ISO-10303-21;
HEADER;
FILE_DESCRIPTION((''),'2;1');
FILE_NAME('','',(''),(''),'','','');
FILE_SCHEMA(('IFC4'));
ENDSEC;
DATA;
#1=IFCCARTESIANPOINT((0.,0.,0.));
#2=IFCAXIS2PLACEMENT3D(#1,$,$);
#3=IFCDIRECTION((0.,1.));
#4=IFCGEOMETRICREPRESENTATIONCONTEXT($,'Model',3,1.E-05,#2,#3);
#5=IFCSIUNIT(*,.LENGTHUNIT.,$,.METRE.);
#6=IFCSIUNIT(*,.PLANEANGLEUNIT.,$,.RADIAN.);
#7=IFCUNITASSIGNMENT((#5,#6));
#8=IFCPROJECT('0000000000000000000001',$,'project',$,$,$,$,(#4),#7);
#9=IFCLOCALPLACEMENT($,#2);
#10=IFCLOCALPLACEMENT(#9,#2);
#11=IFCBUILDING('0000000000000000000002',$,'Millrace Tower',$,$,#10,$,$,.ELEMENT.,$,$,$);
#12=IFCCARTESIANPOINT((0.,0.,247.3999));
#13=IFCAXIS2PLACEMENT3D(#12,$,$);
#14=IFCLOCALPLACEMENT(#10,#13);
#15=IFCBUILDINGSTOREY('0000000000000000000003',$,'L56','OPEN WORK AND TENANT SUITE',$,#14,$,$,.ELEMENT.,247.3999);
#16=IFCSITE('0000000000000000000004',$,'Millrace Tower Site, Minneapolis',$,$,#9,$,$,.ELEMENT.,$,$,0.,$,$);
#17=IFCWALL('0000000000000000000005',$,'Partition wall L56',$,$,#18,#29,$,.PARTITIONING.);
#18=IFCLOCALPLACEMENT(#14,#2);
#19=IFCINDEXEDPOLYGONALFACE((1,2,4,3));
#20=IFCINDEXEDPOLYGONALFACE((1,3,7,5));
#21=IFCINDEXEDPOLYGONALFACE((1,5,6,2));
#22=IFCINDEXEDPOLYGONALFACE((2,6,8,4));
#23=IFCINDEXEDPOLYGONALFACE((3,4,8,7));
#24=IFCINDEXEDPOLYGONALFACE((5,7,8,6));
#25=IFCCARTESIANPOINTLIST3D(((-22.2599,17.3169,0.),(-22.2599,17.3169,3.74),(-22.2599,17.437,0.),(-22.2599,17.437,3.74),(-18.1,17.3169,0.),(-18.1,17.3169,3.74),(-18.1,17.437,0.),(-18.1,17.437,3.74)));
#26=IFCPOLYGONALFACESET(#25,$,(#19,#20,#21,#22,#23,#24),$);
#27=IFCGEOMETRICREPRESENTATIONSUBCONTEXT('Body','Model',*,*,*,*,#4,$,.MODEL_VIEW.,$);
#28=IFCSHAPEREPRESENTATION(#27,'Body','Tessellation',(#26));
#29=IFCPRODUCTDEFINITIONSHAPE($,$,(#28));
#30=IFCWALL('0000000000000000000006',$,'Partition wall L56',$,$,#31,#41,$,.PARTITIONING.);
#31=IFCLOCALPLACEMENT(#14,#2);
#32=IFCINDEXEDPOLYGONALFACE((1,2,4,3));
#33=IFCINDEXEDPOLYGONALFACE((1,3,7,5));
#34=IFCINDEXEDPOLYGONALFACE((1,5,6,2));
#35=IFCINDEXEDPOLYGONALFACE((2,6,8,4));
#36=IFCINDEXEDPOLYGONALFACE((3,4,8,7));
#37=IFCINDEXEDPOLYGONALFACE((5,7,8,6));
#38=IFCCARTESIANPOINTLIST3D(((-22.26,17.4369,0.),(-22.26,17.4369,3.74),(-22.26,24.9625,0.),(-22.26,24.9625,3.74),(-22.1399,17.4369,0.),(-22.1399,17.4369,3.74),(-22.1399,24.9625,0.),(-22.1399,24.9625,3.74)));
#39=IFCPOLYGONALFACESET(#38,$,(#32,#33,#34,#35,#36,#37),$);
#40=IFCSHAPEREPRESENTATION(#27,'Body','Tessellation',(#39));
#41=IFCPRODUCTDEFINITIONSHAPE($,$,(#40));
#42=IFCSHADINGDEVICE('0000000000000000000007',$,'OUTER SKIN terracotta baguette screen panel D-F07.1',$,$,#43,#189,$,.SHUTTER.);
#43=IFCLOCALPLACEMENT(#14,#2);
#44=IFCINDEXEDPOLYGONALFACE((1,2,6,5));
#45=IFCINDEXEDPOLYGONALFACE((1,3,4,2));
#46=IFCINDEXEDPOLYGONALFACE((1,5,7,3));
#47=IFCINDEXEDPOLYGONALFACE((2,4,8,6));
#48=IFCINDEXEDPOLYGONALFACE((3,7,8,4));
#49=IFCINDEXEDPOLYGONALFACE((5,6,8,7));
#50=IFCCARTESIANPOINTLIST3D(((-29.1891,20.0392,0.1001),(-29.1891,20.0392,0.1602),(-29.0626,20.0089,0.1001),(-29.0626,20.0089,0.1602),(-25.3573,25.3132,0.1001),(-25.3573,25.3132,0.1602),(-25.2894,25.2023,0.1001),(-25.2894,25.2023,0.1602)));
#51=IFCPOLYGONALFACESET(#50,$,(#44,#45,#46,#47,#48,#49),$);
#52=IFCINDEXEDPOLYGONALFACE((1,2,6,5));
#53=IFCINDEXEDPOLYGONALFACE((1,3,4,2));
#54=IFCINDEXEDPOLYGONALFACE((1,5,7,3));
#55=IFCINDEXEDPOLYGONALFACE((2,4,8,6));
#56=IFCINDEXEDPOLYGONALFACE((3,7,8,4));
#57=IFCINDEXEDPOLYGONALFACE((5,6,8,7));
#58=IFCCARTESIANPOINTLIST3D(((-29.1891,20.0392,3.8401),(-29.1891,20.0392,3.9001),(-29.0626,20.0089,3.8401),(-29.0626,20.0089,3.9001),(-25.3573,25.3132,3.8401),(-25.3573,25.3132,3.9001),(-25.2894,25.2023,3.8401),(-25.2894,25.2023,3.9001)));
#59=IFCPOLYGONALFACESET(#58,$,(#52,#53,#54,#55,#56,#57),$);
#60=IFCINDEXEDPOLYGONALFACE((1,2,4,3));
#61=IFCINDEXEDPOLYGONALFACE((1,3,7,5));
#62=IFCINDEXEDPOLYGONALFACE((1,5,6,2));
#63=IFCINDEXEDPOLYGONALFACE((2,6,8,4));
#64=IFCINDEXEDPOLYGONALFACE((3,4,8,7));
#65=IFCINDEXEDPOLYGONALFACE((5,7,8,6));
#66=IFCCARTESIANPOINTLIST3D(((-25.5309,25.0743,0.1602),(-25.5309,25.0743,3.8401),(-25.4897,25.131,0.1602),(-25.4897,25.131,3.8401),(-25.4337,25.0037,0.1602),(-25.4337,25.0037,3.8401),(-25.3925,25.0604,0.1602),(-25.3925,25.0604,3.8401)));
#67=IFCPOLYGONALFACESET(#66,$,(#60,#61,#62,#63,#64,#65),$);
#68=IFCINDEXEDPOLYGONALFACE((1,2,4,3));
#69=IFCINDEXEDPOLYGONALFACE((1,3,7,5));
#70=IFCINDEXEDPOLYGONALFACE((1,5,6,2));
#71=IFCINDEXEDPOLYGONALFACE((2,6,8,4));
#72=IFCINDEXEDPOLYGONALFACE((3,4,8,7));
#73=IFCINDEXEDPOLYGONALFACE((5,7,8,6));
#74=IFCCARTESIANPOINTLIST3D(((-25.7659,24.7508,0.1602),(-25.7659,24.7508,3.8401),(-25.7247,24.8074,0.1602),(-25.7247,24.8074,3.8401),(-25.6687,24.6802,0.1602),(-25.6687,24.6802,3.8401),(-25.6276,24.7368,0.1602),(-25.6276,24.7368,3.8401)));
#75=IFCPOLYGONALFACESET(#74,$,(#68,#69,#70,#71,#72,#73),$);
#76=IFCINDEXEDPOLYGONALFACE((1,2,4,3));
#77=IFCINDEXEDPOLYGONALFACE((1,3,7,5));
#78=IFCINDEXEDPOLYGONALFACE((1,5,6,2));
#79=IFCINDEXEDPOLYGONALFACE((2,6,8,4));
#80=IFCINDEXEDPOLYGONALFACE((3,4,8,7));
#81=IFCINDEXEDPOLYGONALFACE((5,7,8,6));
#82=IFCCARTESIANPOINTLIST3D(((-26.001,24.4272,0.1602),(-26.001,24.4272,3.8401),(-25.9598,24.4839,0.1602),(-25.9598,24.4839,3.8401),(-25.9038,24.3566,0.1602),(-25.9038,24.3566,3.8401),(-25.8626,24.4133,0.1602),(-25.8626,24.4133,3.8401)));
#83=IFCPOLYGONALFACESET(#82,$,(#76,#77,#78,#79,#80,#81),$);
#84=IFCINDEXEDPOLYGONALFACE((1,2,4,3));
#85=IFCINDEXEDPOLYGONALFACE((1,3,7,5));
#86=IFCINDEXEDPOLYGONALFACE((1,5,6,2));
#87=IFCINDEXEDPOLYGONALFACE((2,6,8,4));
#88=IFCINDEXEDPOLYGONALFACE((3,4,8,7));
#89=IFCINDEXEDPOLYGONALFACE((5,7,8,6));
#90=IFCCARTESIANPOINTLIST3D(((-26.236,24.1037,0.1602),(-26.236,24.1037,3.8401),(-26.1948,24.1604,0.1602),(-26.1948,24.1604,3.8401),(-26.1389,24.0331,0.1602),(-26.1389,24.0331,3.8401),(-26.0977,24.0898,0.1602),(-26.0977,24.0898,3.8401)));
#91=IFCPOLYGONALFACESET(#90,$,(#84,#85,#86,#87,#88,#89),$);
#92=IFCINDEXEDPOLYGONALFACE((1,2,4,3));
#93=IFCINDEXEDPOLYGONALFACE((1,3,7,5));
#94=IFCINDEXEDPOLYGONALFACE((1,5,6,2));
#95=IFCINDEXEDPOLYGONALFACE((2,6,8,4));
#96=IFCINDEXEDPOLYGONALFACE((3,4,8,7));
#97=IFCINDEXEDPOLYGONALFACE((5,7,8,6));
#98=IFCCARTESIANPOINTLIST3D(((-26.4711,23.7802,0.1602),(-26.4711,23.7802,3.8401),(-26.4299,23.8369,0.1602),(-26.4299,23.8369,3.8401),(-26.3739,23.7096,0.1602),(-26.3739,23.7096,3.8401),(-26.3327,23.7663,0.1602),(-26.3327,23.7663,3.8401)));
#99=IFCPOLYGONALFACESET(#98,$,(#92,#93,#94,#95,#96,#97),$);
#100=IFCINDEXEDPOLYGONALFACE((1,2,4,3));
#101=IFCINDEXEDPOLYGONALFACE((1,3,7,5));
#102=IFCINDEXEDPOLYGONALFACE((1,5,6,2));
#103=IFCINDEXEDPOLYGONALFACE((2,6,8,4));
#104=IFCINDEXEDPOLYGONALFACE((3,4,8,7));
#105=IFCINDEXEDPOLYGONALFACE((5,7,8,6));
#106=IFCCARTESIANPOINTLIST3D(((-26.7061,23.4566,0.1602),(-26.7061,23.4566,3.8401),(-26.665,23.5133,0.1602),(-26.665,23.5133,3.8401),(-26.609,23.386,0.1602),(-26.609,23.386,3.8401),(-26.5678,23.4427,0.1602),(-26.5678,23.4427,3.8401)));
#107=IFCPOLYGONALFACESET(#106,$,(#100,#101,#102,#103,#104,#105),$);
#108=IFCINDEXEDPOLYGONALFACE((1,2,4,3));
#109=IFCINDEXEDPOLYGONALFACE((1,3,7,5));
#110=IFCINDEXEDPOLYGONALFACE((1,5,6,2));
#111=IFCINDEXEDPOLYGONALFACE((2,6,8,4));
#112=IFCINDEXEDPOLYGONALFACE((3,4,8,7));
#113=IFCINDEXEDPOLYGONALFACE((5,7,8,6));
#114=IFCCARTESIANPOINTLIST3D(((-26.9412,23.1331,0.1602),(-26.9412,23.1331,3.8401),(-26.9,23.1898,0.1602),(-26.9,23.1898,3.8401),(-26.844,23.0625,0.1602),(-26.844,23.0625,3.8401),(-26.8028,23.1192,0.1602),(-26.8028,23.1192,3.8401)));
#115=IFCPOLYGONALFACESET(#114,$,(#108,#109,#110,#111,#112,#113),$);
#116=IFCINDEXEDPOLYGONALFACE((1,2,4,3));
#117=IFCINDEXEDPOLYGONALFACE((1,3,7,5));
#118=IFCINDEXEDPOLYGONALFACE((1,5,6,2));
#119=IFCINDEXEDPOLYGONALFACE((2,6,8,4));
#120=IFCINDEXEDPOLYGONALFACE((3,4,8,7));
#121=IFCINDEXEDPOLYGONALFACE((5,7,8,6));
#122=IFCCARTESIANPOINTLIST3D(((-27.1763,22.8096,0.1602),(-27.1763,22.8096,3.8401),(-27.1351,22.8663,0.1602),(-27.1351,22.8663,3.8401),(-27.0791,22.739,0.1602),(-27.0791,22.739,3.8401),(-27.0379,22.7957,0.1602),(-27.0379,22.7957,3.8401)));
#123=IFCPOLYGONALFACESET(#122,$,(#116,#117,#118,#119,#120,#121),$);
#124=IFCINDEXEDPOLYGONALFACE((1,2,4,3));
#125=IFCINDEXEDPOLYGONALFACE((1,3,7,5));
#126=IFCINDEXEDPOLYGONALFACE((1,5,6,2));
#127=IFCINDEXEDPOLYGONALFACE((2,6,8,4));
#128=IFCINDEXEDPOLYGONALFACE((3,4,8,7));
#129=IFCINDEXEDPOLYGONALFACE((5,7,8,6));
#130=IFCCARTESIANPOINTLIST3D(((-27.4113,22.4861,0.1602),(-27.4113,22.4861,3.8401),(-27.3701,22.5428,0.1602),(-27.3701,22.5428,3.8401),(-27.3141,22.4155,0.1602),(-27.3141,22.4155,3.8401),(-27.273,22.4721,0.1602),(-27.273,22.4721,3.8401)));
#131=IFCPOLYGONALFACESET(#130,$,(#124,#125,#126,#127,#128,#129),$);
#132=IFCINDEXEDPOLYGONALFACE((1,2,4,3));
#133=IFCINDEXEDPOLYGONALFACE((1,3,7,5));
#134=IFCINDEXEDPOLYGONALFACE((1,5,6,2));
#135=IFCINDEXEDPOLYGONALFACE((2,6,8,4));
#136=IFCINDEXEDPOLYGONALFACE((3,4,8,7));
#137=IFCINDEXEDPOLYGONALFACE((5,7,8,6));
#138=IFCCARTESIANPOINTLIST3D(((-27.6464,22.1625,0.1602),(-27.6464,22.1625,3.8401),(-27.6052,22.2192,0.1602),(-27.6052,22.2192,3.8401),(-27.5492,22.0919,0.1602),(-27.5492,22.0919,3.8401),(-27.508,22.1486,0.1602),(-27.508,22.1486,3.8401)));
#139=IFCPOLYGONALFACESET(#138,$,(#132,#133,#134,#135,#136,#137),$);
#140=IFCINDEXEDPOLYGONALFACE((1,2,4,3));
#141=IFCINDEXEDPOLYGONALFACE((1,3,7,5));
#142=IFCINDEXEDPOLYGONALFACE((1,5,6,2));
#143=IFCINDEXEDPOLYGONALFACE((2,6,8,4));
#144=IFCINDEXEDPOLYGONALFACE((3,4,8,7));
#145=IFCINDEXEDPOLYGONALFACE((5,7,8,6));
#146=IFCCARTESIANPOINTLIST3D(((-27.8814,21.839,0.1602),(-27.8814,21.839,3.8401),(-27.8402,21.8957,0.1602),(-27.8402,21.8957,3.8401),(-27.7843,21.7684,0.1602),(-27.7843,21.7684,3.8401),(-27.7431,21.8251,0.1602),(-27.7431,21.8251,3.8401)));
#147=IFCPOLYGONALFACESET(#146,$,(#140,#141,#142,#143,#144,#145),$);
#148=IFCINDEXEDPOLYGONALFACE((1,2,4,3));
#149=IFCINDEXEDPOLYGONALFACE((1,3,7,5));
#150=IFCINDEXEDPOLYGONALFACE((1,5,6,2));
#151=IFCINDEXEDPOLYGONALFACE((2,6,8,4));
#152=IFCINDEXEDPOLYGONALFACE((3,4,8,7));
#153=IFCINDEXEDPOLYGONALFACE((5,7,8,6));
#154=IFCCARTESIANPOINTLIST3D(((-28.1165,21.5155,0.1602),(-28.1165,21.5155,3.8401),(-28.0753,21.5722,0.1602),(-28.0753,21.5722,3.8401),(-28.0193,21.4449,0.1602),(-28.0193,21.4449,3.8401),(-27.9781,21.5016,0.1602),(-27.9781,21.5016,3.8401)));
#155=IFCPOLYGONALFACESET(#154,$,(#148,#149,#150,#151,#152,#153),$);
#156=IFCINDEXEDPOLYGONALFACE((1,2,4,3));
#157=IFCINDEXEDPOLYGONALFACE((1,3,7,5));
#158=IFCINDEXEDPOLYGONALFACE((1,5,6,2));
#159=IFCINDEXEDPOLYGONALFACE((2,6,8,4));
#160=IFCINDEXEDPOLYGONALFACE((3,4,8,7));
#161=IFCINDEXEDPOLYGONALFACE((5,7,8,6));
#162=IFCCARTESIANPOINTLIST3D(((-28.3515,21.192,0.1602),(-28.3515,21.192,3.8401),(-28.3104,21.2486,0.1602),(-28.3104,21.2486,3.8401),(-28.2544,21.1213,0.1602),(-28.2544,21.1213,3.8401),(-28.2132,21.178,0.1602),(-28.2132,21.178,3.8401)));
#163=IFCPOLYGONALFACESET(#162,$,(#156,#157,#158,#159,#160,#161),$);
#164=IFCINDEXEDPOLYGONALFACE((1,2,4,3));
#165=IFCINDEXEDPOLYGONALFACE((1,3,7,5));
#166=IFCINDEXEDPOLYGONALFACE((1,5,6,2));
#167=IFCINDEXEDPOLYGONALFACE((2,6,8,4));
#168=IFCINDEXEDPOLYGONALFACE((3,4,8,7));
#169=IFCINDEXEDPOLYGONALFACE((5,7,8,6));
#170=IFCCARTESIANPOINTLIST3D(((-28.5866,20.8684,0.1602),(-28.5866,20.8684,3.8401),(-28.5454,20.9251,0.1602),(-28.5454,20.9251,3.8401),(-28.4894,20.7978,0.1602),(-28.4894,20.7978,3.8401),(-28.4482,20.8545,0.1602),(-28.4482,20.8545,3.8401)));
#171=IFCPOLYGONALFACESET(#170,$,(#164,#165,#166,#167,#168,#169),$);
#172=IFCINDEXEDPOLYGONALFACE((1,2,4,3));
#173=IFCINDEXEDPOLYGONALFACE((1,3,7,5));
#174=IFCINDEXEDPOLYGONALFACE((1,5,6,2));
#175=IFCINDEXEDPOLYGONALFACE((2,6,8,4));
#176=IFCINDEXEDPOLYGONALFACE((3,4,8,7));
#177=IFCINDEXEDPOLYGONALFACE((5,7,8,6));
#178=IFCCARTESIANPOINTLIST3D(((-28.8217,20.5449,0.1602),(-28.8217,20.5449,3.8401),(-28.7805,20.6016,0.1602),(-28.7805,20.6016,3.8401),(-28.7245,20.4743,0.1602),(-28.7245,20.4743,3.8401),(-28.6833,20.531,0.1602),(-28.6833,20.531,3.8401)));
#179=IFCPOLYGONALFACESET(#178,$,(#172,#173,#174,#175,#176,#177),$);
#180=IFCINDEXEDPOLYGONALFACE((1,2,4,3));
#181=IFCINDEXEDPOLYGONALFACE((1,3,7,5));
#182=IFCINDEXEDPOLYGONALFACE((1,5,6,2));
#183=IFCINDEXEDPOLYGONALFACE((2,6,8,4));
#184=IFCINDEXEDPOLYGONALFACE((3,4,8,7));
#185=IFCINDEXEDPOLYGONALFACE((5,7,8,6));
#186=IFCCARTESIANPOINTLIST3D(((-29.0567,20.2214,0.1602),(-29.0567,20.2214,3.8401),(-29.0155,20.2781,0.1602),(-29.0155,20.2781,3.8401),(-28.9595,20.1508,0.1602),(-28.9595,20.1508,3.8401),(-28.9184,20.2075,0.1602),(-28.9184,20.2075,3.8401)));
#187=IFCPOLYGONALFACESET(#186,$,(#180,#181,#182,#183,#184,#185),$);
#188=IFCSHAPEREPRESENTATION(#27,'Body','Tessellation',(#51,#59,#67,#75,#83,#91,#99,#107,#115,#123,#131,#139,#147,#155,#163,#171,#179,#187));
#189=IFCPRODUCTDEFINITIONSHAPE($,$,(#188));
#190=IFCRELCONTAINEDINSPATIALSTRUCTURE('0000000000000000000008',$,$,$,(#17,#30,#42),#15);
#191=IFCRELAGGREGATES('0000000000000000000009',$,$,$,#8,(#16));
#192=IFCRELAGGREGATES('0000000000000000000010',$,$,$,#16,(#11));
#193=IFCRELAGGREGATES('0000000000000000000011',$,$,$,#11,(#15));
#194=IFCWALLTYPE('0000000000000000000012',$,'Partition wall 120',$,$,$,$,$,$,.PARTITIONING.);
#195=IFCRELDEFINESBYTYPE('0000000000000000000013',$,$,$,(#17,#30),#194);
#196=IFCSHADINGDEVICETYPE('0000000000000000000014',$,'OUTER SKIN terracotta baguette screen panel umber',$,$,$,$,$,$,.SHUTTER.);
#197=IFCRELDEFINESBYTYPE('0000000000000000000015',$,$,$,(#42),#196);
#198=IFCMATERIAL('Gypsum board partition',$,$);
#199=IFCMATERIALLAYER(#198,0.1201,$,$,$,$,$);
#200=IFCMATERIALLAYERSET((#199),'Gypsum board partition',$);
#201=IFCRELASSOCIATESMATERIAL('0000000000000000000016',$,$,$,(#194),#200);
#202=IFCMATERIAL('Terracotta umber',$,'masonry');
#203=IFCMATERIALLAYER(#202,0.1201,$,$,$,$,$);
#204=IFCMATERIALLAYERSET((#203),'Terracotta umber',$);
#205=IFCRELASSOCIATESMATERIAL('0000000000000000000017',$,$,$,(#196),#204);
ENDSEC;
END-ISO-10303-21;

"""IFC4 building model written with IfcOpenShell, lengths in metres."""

from ifc_helpers import new_model, entity, si_unit, direction, frame, frame_2d, origin, place, context, subcontext, project, spatial, rectangle, extrude, source, transform, mapped, material, layer, layer_set, type_object, element, save


model = new_model("IFC4")

# Units and contexts
model_context = context("Model", 3, precision=1e-05, world=origin(), true_north=direction((0.0, 1.0)))
body_context = subcontext(model_context, "Body", "Model", "MODEL_VIEW")
ifc_project = project(units=[si_unit("LENGTHUNIT", "METRE"), si_unit("PLANEANGLEUNIT", "RADIAN")], contexts=[model_context])

# Site, building, storey
site_placement = place(None, origin())
site = spatial("IfcSite", under=ifc_project, at=site_placement, Name="Millrace Tower Site, Minneapolis", CompositionType="ELEMENT", RefElevation=0.0)
building_placement = place(site_placement, origin())
building = spatial("IfcBuilding", under=site, at=building_placement, Name="Millrace Tower", CompositionType="ELEMENT")
storey_placement = place(building_placement, frame((0.0, 0.0, 247.3999)))
storey = spatial("IfcBuildingStorey", under=building, at=storey_placement, Name="L56", Description="OPEN WORK AND TENANT SUITE", CompositionType="ELEMENT", Elevation=247.3999)

# Walls
ifc_material_1 = material(Name="Gypsum board partition")
ifc_layer_1 = layer(ifc_material_1, 0.1201)
ifc_layer_set_1 = layer_set([ifc_layer_1], Name="Gypsum board partition")
wall_type = type_object("IfcWallType", Name="Partition wall 120", PredefinedType="PARTITIONING", material=ifc_layer_set_1)
wall_1_placement = place(storey_placement, frame((-22.26, 17.377, 0.0), z_axis=(0.0, 0.0, 1.0), x_axis=(1.0, 0.0, 0.0)))
element("IfcWall", 1, at=wall_1_placement, inside=storey, type_object=wall_type, Name="Partition wall L56", PredefinedType="PARTITIONING", context=body_context, shape_type="SweptSolid", body=[
    extrude(rectangle(XDim=4.1599, YDim=0.1201, at=frame_2d((2.0801, 0.0))), origin(), (0.0, 0.0, 1.0), 3.74),
])
wall_2_placement = place(storey_placement, frame((-22.2, 17.437, 0.0), z_axis=(0.0, 0.0, 1.0), x_axis=(0.0, 1.0, 0.0)))
element("IfcWall", 2, at=wall_2_placement, inside=storey, type_object=wall_type, Name="Partition wall L56", PredefinedType="PARTITIONING", context=body_context, shape_type="SweptSolid", body=[
    extrude(rectangle(XDim=7.5256, YDim=0.1201, at=frame_2d((3.7627, 0.0))), origin(), (0.0, 0.0, 1.0), 3.74),
])

# Shading device
ifc_material_2 = material(Name="Terracotta umber", Category="masonry")
ifc_layer_2 = layer(ifc_material_2, 0.1201)
ifc_layer_set_2 = layer_set([ifc_layer_2], Name="Terracotta umber")
shading_device_type = type_object("IfcShadingDeviceType", Name="OUTER SKIN terracotta baguette screen panel umber", PredefinedType="SHUTTER", material=ifc_layer_set_2)
cartesian_point_1 = entity("IfcCartesianPoint", [-3.2097, 0.0601])
shared_polyline_1 = entity("IfcPolyline", [cartesian_point_1, entity("IfcCartesianPoint", [3.2097, 0.0601]), entity("IfcCartesianPoint", [3.2595, -0.0601]), entity("IfcCartesianPoint", [-3.2595, -0.0601]), cartesian_point_1])
shared_shape_1 = source(origin(), body_context, "Body", "SweptSolid", [
    entity("IfcExtrudedAreaSolid", entity("IfcArbitraryClosedProfileDef", "AREA", None, shared_polyline_1), entity("IfcAxis2Placement3D", entity("IfcCartesianPoint", [0.0, 0.0, 0.0])), entity("IfcDirection", [0.0, 0.0, 1.0]), 0.0601),
    entity("IfcExtrudedAreaSolid", entity("IfcArbitraryClosedProfileDef", "AREA", None, shared_polyline_1), entity("IfcAxis2Placement3D", entity("IfcCartesianPoint", [0.0, 0.0, 3.74])), entity("IfcDirection", [0.0, 0.0, 1.0]), 0.0601),
    extrude(rectangle(XDim=0.0701, YDim=0.1201, at=frame_2d((-2.9993, 0.0))), frame((0.0, 0.0, 0.0601)), (0.0, 0.0, 1.0), 3.6799),
    extrude(rectangle(XDim=0.0701, YDim=0.1201, at=frame_2d((-2.5994, 0.0))), frame((0.0, 0.0, 0.0601)), (0.0, 0.0, 1.0), 3.6799),
    extrude(rectangle(XDim=0.0701, YDim=0.1201, at=frame_2d((-2.1995, 0.0))), frame((0.0, 0.0, 0.0601)), (0.0, 0.0, 1.0), 3.6799),
    extrude(rectangle(XDim=0.0701, YDim=0.1201, at=frame_2d((-1.7996, 0.0))), frame((0.0, 0.0, 0.0601)), (0.0, 0.0, 1.0), 3.6799),
    extrude(rectangle(XDim=0.0701, YDim=0.1201, at=frame_2d((-1.3997, 0.0))), frame((0.0, 0.0, 0.0601)), (0.0, 0.0, 1.0), 3.6799),
    extrude(rectangle(XDim=0.0701, YDim=0.1201, at=frame_2d((-0.9998, 0.0))), frame((0.0, 0.0, 0.0601)), (0.0, 0.0, 1.0), 3.6799),
    extrude(rectangle(XDim=0.0701, YDim=0.1201, at=frame_2d((-0.5999, 0.0))), frame((0.0, 0.0, 0.0601)), (0.0, 0.0, 1.0), 3.6799),
    extrude(rectangle(XDim=0.0701, YDim=0.1201, at=frame_2d((-0.2, 0.0))), frame((0.0, 0.0, 0.0601)), (0.0, 0.0, 1.0), 3.6799),
    extrude(rectangle(XDim=0.0701, YDim=0.1201, at=frame_2d((0.2, 0.0))), frame((0.0, 0.0, 0.0601)), (0.0, 0.0, 1.0), 3.6799),
    extrude(rectangle(XDim=0.0701, YDim=0.1201, at=frame_2d((0.5999, 0.0))), frame((0.0, 0.0, 0.0601)), (0.0, 0.0, 1.0), 3.6799),
    extrude(rectangle(XDim=0.0701, YDim=0.1201, at=frame_2d((0.9998, 0.0))), frame((0.0, 0.0, 0.0601)), (0.0, 0.0, 1.0), 3.6799),
    extrude(rectangle(XDim=0.0701, YDim=0.1201, at=frame_2d((1.3997, 0.0))), frame((0.0, 0.0, 0.0601)), (0.0, 0.0, 1.0), 3.6799),
    extrude(rectangle(XDim=0.0701, YDim=0.1201, at=frame_2d((1.7996, 0.0))), frame((0.0, 0.0, 0.0601)), (0.0, 0.0, 1.0), 3.6799),
    extrude(rectangle(XDim=0.0701, YDim=0.1201, at=frame_2d((2.1995, 0.0))), frame((0.0, 0.0, 0.0601)), (0.0, 0.0, 1.0), 3.6799),
    extrude(rectangle(XDim=0.0701, YDim=0.1201, at=frame_2d((2.5994, 0.0))), frame((0.0, 0.0, 0.0601)), (0.0, 0.0, 1.0), 3.6799),
    extrude(rectangle(XDim=0.0701, YDim=0.1201, at=frame_2d((2.9993, 0.0))), frame((0.0, 0.0, 0.0601)), (0.0, 0.0, 1.0), 3.6799),
])
shading_device_1_placement = place(storey_placement, frame((-27.2246, 22.6409, 0.1001), z_axis=(0.0, 0.0, 1.0), x_axis=(-0.587785, -0.809017, 0.0)))
element("IfcShadingDevice", 3, at=shading_device_1_placement, inside=storey, type_object=shading_device_type, Name="OUTER SKIN terracotta baguette screen panel D-F07.1", PredefinedType="SHUTTER", context=body_context, shape_type="MappedRepresentation", body=[
    mapped(shared_shape_1, transform((0.0, 0.0, 0.0), scale=1.0)),
])

save(model, "model.ifc")
